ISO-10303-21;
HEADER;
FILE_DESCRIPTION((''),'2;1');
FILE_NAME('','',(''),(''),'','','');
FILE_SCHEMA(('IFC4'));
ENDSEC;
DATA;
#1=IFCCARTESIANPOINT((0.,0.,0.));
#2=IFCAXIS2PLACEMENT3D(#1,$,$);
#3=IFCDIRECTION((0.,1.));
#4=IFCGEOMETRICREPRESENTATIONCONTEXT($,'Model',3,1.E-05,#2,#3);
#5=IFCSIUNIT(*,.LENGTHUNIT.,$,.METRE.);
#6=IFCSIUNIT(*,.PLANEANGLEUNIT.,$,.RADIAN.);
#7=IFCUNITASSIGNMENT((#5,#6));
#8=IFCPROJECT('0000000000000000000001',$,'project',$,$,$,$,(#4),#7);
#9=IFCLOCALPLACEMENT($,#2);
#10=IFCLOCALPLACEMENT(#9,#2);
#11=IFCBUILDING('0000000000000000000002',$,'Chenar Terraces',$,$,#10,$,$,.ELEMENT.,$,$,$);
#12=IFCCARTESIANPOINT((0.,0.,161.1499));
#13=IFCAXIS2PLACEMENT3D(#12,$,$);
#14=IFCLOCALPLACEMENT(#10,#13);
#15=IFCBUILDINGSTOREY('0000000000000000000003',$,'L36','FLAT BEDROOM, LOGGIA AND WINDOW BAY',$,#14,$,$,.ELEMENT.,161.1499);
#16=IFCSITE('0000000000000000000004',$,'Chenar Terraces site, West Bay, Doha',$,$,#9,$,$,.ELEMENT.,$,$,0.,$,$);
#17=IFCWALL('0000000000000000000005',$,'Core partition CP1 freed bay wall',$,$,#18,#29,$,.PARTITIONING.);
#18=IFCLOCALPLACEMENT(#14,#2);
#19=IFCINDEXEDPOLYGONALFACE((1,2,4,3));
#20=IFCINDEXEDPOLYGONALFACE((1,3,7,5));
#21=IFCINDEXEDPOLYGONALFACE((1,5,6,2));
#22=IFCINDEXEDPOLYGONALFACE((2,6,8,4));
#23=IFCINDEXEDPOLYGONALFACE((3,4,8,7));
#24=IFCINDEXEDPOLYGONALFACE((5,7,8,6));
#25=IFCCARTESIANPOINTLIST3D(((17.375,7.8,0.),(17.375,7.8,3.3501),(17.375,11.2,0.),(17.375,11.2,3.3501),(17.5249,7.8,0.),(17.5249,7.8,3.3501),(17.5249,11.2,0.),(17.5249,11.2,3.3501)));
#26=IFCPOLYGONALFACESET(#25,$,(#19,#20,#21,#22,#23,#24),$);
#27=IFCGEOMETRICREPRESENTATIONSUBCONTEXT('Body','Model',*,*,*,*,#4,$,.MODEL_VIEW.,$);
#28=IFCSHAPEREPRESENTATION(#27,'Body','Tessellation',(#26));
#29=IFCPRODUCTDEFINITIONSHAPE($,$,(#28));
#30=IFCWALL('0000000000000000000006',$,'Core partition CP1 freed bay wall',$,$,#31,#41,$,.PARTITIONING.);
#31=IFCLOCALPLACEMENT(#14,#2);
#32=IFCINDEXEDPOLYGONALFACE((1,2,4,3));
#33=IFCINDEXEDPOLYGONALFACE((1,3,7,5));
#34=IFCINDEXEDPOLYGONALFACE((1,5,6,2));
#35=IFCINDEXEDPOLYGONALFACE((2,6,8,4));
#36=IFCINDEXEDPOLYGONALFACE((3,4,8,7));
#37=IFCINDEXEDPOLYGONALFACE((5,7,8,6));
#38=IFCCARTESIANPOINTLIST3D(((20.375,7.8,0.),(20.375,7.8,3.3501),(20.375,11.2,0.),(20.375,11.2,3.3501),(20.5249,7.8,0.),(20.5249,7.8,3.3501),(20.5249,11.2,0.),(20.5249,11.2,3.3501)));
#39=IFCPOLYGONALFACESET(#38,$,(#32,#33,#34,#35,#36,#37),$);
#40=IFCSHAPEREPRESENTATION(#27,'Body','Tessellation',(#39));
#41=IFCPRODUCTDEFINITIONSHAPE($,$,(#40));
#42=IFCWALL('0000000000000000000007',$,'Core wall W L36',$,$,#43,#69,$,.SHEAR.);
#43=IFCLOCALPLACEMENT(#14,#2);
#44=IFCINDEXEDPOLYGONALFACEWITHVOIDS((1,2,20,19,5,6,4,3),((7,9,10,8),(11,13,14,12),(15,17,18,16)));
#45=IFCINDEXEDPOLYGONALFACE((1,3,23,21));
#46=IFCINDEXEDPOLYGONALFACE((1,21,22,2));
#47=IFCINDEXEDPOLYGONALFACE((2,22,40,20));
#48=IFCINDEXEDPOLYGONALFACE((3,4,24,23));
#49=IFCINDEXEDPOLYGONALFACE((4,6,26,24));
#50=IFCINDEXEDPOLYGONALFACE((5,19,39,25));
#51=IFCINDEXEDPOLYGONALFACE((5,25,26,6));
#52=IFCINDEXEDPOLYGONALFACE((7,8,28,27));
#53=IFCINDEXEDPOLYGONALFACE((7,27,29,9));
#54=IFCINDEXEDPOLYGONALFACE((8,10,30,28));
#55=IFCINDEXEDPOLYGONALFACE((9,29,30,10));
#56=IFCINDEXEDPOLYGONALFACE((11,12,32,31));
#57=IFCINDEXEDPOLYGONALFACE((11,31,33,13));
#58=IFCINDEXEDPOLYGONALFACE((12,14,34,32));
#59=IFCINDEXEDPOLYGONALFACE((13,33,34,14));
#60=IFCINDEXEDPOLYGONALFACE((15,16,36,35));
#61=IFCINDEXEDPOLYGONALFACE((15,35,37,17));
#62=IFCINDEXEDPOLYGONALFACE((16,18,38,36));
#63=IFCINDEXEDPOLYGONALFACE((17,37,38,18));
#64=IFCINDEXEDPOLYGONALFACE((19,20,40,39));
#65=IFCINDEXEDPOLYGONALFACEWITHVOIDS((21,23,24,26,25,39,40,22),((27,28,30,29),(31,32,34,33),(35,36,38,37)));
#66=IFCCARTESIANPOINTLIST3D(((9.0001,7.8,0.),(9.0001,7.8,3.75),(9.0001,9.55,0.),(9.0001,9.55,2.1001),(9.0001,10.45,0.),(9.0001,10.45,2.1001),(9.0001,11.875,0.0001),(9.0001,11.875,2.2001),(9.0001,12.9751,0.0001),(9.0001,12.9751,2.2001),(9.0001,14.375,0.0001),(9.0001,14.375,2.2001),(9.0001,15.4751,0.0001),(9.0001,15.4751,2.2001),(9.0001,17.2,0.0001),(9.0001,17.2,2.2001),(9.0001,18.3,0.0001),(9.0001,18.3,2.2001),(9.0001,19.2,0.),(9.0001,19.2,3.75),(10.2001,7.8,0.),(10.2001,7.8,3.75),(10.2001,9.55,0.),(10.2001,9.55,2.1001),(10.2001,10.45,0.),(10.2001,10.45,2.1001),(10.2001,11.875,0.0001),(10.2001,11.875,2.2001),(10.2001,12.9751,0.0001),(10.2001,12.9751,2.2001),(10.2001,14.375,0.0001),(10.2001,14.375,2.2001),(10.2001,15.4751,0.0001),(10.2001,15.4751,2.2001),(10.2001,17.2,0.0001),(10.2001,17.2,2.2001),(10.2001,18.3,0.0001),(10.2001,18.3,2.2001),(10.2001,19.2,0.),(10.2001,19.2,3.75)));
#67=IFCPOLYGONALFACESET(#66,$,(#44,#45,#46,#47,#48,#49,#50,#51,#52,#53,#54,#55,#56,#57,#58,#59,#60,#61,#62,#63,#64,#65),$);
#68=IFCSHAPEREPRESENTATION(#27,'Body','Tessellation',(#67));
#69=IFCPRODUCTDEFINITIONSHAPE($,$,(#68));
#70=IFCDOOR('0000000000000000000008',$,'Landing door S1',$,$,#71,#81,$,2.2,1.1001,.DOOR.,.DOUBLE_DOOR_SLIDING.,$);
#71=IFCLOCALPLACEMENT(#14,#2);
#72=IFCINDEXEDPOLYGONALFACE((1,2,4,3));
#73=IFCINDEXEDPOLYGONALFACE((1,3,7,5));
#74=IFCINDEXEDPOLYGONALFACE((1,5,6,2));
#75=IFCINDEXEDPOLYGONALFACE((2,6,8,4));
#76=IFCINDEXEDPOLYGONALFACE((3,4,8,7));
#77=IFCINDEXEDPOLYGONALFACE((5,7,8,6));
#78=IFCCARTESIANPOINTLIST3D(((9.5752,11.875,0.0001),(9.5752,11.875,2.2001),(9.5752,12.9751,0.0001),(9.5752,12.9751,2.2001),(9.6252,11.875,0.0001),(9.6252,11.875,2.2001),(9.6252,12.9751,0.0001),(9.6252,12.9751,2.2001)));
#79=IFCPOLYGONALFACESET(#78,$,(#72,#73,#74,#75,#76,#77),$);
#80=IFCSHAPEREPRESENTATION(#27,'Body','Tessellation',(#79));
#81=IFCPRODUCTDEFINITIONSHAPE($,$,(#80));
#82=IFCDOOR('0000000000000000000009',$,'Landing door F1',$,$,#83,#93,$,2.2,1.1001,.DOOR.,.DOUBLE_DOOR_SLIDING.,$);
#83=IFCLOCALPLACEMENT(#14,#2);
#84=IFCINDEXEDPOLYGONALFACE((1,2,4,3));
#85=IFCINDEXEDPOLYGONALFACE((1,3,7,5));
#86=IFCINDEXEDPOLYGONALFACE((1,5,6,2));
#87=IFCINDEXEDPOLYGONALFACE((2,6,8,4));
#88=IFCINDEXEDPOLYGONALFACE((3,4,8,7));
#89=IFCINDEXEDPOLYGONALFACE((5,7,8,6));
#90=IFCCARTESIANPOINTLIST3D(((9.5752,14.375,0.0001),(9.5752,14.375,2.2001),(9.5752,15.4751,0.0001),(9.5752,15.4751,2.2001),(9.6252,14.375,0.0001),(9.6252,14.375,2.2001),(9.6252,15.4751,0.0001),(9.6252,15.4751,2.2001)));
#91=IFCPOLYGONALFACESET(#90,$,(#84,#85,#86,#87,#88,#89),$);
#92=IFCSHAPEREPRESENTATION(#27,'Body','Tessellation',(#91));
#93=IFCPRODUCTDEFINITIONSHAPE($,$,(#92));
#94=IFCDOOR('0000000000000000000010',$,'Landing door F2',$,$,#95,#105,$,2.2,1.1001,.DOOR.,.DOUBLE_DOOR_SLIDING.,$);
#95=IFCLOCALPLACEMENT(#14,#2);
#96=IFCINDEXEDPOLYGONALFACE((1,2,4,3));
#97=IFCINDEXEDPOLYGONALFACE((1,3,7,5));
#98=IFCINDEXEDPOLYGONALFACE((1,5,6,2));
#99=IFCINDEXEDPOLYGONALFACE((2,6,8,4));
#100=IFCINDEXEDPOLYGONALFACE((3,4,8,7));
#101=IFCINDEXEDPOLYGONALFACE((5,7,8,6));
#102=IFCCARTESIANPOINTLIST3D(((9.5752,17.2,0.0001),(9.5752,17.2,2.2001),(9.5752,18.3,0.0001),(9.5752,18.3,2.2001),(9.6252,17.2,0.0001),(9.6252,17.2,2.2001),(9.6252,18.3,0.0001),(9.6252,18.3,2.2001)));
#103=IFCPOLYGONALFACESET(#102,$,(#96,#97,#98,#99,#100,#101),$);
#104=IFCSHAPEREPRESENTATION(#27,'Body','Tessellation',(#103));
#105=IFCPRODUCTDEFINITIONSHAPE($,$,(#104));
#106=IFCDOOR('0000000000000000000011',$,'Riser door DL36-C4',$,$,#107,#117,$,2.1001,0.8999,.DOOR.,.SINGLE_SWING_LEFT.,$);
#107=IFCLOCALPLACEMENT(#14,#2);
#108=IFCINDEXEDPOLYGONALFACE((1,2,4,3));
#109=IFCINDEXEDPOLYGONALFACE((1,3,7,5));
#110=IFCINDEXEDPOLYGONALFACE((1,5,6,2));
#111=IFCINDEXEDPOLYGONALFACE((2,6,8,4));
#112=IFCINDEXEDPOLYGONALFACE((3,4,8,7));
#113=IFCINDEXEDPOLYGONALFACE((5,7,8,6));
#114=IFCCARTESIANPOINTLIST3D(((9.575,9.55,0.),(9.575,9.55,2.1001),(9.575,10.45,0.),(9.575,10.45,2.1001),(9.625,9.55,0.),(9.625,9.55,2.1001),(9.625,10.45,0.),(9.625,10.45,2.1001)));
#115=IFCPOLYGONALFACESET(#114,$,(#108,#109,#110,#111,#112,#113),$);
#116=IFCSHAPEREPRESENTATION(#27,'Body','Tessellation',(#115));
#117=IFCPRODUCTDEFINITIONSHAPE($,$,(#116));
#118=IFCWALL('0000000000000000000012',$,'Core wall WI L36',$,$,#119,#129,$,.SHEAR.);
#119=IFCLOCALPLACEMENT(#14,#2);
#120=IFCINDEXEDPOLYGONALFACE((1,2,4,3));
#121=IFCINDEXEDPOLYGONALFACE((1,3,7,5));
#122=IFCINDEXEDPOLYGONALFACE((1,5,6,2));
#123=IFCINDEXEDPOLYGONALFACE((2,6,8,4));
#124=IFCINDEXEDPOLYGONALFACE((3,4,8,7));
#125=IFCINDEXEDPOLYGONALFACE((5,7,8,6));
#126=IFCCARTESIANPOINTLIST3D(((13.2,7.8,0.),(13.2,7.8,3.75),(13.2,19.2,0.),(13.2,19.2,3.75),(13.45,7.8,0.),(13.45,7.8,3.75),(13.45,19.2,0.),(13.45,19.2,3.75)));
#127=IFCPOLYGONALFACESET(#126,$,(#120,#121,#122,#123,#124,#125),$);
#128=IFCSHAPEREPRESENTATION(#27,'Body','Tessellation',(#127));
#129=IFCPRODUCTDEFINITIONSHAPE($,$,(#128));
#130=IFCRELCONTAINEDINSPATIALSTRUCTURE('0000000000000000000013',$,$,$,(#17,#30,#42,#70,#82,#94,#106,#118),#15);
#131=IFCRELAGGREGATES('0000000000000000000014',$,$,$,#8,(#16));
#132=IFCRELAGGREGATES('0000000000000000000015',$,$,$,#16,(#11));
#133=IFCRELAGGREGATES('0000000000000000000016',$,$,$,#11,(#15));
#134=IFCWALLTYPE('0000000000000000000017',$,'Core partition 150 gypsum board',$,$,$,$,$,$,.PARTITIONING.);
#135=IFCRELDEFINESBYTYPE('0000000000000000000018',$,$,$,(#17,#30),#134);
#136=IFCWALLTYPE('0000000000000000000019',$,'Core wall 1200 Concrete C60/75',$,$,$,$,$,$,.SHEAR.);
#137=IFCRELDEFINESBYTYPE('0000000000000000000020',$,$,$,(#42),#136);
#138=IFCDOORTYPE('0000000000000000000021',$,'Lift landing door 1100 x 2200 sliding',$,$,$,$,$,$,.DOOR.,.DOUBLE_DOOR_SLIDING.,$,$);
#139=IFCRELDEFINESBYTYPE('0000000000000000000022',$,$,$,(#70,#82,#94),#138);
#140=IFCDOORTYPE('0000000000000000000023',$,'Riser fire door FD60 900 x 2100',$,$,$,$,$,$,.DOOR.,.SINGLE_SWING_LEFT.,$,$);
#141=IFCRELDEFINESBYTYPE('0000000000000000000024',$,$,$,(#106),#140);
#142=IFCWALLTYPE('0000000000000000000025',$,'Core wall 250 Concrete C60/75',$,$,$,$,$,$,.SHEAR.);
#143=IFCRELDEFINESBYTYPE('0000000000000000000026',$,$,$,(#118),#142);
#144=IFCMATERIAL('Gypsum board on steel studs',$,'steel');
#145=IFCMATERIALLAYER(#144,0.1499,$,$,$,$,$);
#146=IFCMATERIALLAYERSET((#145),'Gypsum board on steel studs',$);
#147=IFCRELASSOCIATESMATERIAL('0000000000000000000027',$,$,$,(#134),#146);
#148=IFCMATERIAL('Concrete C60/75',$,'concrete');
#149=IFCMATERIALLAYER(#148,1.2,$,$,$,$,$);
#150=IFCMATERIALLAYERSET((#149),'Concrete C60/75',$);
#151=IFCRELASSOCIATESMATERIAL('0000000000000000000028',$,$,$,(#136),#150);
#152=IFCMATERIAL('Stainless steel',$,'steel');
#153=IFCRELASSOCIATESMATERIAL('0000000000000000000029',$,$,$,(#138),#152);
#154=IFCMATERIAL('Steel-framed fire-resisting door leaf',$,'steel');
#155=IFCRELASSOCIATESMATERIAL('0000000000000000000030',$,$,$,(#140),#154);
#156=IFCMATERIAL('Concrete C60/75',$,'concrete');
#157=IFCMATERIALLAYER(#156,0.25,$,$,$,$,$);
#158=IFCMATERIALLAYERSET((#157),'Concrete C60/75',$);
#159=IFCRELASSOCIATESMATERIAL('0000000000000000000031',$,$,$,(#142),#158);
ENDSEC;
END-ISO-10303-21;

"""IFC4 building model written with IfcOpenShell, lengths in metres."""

from ifc_helpers import new_model, si_unit, direction, frame, frame_2d, origin, place, context, subcontext, project, spatial, rectangle, extrude, material, layer, layer_set, type_object, element, fill, save


model = new_model("IFC4")

# Units and contexts
model_context = context("Model", 3, precision=1e-05, world=origin(), true_north=direction((0.0, 1.0)))
body_context = subcontext(model_context, "Body", "Model", "MODEL_VIEW")
ifc_project = project(units=[si_unit("LENGTHUNIT", "METRE"), si_unit("PLANEANGLEUNIT", "RADIAN")], contexts=[model_context])

# Site, building, storey
site_placement = place(None, origin())
site = spatial("IfcSite", under=ifc_project, at=site_placement, Name="Chenar Terraces site, West Bay, Doha", CompositionType="ELEMENT", RefElevation=0.0)
building_placement = place(site_placement, origin())
building = spatial("IfcBuilding", under=site, at=building_placement, Name="Chenar Terraces", CompositionType="ELEMENT")
storey_placement = place(building_placement, frame((0.0, 0.0, 161.1499)))
storey = spatial("IfcBuildingStorey", under=building, at=storey_placement, Name="L36", Description="FLAT BEDROOM, LOGGIA AND WINDOW BAY", CompositionType="ELEMENT", Elevation=161.1499)

# Walls
ifc_material_1 = material(Name="Gypsum board on steel studs", Category="steel")
ifc_layer_1 = layer(ifc_material_1, 0.1499)
ifc_layer_set_1 = layer_set([ifc_layer_1], Name="Gypsum board on steel studs")
wall_type_1 = type_object("IfcWallType", Name="Core partition 150 gypsum board", PredefinedType="PARTITIONING", material=ifc_layer_set_1)
for number, where, z_axis, x_axis, name in (
    (1, (17.45, 7.8, 0.0), (0.0, 0.0, 1.0), (0.0, 1.0, 0.0), "Core partition CP1 freed bay wall"),
    (2, (20.45, 7.8, 0.0), (0.0, 0.0, 1.0), (0.0, 1.0, 0.0), "Core partition CP1 freed bay wall"),
):
    element("IfcWall", number, at=place(storey_placement, frame(where, z_axis=z_axis, x_axis=x_axis)), inside=storey, type_object=wall_type_1, Name=name, PredefinedType="PARTITIONING", context=body_context, shape_type="SweptSolid", body=[
        extrude(rectangle(XDim=3.3999, YDim=0.1499, at=frame_2d((1.7, 0.0))), origin(), (0.0, 0.0, 1.0), 3.3501),
    ])

# Wall, openings, doors
ifc_material_2 = material(Name="Concrete C60/75", Category="concrete")
ifc_layer_2 = layer(ifc_material_2, 1.2)
ifc_layer_set_2 = layer_set([ifc_layer_2], Name="Concrete C60/75")
wall_type_2 = type_object("IfcWallType", Name="Core wall 1200 Concrete C60/75", PredefinedType="SHEAR", material=ifc_layer_set_2)
wall_1_placement = place(storey_placement, frame((9.6001, 7.8, 0.0), z_axis=(0.0, 0.0, 1.0), x_axis=(0.0, 1.0, 0.0)))
wall_1 = element("IfcWall", 3, at=wall_1_placement, inside=storey, type_object=wall_type_2, Name="Core wall W L36", PredefinedType="SHEAR", context=body_context, shape_type="SweptSolid", body=[
    extrude(rectangle(XDim=11.3999, YDim=1.2, at=frame_2d((5.7, 0.0))), origin(), (0.0, 0.0, 1.0), 3.75),
])
opening_1_placement = place(wall_1_placement, frame((4.075, 0.0, 0.0)))
opening_1 = element("IfcOpeningElement", 4, at=opening_1_placement, cuts=wall_1, PredefinedType="OPENING", context=body_context, shape_type="SweptSolid", body=[
    extrude(rectangle(XDim=1.1001, YDim=2.2, at=frame_2d((0.55, 1.1001))), frame((0.0, 0.6099, 0.0), z_axis=(0.0, -1.0, 0.0), x_axis=(1.0, 0.0, 0.0)), (0.0, 0.0, 1.0), 1.22),
])
opening_2_placement = place(wall_1_placement, frame((6.575, 0.0, 0.0)))
opening_2 = element("IfcOpeningElement", 5, at=opening_2_placement, cuts=wall_1, PredefinedType="OPENING", context=body_context, shape_type="SweptSolid", body=[
    extrude(rectangle(XDim=1.1001, YDim=2.2, at=frame_2d((0.55, 1.1001))), frame((0.0, 0.6099, 0.0), z_axis=(0.0, -1.0, 0.0), x_axis=(1.0, 0.0, 0.0)), (0.0, 0.0, 1.0), 1.22),
])
opening_3_placement = place(wall_1_placement, frame((9.3999, 0.0, 0.0)))
opening_3 = element("IfcOpeningElement", 6, at=opening_3_placement, cuts=wall_1, PredefinedType="OPENING", context=body_context, shape_type="SweptSolid", body=[
    extrude(rectangle(XDim=1.1001, YDim=2.2, at=frame_2d((0.55, 1.1001))), frame((0.0, 0.6099, 0.0), z_axis=(0.0, -1.0, 0.0), x_axis=(1.0, 0.0, 0.0)), (0.0, 0.0, 1.0), 1.22),
])
opening_4_placement = place(wall_1_placement, frame((1.75, 0.0, 0.0)))
opening_4 = element("IfcOpeningElement", 7, at=opening_4_placement, cuts=wall_1, PredefinedType="OPENING", context=body_context, shape_type="SweptSolid", body=[
    extrude(rectangle(XDim=0.8999, YDim=2.1001, at=frame_2d((0.45, 1.05))), frame((0.0, 0.6099, 0.0), z_axis=(0.0, -1.0, 0.0), x_axis=(1.0, 0.0, 0.0)), (0.0, 0.0, 1.0), 1.22),
])
ifc_material_3 = material(Name="Stainless steel", Category="steel")
door_type_1 = type_object("IfcDoorType", Name="Lift landing door 1100 x 2200 sliding", OperationType="DOUBLE_DOOR_SLIDING", PredefinedType="DOOR", material=ifc_material_3)
door_1_placement = place(opening_1_placement, origin())
door_1 = element("IfcDoor", 8, at=door_1_placement, inside=storey, type_object=door_type_1, Name="Landing door S1", OperationType="DOUBLE_DOOR_SLIDING", OverallHeight=2.2, OverallWidth=1.1001, PredefinedType="DOOR", context=body_context, shape_type="SweptSolid", body=[
    extrude(rectangle(XDim=1.1001, YDim=2.2, at=frame_2d((0.55, 1.1001))), frame((0.0, 0.0249, 0.0), z_axis=(0.0, -1.0, 0.0), x_axis=(1.0, 0.0, 0.0)), (0.0, 0.0, 1.0), 0.05),
])
fill(opening_1, door_1)
door_2_placement = place(opening_2_placement, origin())
door_2 = element("IfcDoor", 9, at=door_2_placement, inside=storey, type_object=door_type_1, Name="Landing door F1", OperationType="DOUBLE_DOOR_SLIDING", OverallHeight=2.2, OverallWidth=1.1001, PredefinedType="DOOR", context=body_context, shape_type="SweptSolid", body=[
    extrude(rectangle(XDim=1.1001, YDim=2.2, at=frame_2d((0.55, 1.1001))), frame((0.0, 0.0249, 0.0), z_axis=(0.0, -1.0, 0.0), x_axis=(1.0, 0.0, 0.0)), (0.0, 0.0, 1.0), 0.05),
])
fill(opening_2, door_2)
door_3_placement = place(opening_3_placement, origin())
door_3 = element("IfcDoor", 10, at=door_3_placement, inside=storey, type_object=door_type_1, Name="Landing door F2", OperationType="DOUBLE_DOOR_SLIDING", OverallHeight=2.2, OverallWidth=1.1001, PredefinedType="DOOR", context=body_context, shape_type="SweptSolid", body=[
    extrude(rectangle(XDim=1.1001, YDim=2.2, at=frame_2d((0.55, 1.1001))), frame((0.0, 0.0249, 0.0), z_axis=(0.0, -1.0, 0.0), x_axis=(1.0, 0.0, 0.0)), (0.0, 0.0, 1.0), 0.05),
])
fill(opening_3, door_3)
ifc_material_4 = material(Name="Steel-framed fire-resisting door leaf", Category="steel")
door_type_2 = type_object("IfcDoorType", Name="Riser fire door FD60 900 x 2100", OperationType="SINGLE_SWING_LEFT", PredefinedType="DOOR", material=ifc_material_4)
door_4_placement = place(opening_4_placement, frame((0.8999, 0.0, 0.0), z_axis=(0.0, 0.0, 1.0), x_axis=(-1.0, 0.0, 0.0)))
door_4 = element("IfcDoor", 11, at=door_4_placement, inside=storey, type_object=door_type_2, Name="Riser door DL36-C4", OperationType="SINGLE_SWING_LEFT", OverallHeight=2.1001, OverallWidth=0.8999, PredefinedType="DOOR", context=body_context, shape_type="SweptSolid", body=[
    extrude(rectangle(XDim=0.8999, YDim=2.1001, at=frame_2d((0.45, 1.05))), frame((0.0, 0.0249, 0.0), z_axis=(0.0, -1.0, 0.0), x_axis=(1.0, 0.0, 0.0)), (0.0, 0.0, 1.0), 0.05),
])
fill(opening_4, door_4)

# Wall
ifc_material_5 = material(Name="Concrete C60/75", Category="concrete")
ifc_layer_3 = layer(ifc_material_5, 0.25)
ifc_layer_set_3 = layer_set([ifc_layer_3], Name="Concrete C60/75")
wall_type_3 = type_object("IfcWallType", Name="Core wall 250 Concrete C60/75", PredefinedType="SHEAR", material=ifc_layer_set_3)
wall_2_placement = place(storey_placement, frame((13.325, 7.8, 0.0), z_axis=(0.0, 0.0, 1.0), x_axis=(0.0, 1.0, 0.0)))
element("IfcWall", 12, at=wall_2_placement, inside=storey, type_object=wall_type_3, Name="Core wall WI L36", PredefinedType="SHEAR", context=body_context, shape_type="SweptSolid", body=[
    extrude(rectangle(XDim=11.3999, YDim=0.25, at=frame_2d((5.7, 0.0))), origin(), (0.0, 0.0, 1.0), 3.75),
])

save(model, "model.ifc")
